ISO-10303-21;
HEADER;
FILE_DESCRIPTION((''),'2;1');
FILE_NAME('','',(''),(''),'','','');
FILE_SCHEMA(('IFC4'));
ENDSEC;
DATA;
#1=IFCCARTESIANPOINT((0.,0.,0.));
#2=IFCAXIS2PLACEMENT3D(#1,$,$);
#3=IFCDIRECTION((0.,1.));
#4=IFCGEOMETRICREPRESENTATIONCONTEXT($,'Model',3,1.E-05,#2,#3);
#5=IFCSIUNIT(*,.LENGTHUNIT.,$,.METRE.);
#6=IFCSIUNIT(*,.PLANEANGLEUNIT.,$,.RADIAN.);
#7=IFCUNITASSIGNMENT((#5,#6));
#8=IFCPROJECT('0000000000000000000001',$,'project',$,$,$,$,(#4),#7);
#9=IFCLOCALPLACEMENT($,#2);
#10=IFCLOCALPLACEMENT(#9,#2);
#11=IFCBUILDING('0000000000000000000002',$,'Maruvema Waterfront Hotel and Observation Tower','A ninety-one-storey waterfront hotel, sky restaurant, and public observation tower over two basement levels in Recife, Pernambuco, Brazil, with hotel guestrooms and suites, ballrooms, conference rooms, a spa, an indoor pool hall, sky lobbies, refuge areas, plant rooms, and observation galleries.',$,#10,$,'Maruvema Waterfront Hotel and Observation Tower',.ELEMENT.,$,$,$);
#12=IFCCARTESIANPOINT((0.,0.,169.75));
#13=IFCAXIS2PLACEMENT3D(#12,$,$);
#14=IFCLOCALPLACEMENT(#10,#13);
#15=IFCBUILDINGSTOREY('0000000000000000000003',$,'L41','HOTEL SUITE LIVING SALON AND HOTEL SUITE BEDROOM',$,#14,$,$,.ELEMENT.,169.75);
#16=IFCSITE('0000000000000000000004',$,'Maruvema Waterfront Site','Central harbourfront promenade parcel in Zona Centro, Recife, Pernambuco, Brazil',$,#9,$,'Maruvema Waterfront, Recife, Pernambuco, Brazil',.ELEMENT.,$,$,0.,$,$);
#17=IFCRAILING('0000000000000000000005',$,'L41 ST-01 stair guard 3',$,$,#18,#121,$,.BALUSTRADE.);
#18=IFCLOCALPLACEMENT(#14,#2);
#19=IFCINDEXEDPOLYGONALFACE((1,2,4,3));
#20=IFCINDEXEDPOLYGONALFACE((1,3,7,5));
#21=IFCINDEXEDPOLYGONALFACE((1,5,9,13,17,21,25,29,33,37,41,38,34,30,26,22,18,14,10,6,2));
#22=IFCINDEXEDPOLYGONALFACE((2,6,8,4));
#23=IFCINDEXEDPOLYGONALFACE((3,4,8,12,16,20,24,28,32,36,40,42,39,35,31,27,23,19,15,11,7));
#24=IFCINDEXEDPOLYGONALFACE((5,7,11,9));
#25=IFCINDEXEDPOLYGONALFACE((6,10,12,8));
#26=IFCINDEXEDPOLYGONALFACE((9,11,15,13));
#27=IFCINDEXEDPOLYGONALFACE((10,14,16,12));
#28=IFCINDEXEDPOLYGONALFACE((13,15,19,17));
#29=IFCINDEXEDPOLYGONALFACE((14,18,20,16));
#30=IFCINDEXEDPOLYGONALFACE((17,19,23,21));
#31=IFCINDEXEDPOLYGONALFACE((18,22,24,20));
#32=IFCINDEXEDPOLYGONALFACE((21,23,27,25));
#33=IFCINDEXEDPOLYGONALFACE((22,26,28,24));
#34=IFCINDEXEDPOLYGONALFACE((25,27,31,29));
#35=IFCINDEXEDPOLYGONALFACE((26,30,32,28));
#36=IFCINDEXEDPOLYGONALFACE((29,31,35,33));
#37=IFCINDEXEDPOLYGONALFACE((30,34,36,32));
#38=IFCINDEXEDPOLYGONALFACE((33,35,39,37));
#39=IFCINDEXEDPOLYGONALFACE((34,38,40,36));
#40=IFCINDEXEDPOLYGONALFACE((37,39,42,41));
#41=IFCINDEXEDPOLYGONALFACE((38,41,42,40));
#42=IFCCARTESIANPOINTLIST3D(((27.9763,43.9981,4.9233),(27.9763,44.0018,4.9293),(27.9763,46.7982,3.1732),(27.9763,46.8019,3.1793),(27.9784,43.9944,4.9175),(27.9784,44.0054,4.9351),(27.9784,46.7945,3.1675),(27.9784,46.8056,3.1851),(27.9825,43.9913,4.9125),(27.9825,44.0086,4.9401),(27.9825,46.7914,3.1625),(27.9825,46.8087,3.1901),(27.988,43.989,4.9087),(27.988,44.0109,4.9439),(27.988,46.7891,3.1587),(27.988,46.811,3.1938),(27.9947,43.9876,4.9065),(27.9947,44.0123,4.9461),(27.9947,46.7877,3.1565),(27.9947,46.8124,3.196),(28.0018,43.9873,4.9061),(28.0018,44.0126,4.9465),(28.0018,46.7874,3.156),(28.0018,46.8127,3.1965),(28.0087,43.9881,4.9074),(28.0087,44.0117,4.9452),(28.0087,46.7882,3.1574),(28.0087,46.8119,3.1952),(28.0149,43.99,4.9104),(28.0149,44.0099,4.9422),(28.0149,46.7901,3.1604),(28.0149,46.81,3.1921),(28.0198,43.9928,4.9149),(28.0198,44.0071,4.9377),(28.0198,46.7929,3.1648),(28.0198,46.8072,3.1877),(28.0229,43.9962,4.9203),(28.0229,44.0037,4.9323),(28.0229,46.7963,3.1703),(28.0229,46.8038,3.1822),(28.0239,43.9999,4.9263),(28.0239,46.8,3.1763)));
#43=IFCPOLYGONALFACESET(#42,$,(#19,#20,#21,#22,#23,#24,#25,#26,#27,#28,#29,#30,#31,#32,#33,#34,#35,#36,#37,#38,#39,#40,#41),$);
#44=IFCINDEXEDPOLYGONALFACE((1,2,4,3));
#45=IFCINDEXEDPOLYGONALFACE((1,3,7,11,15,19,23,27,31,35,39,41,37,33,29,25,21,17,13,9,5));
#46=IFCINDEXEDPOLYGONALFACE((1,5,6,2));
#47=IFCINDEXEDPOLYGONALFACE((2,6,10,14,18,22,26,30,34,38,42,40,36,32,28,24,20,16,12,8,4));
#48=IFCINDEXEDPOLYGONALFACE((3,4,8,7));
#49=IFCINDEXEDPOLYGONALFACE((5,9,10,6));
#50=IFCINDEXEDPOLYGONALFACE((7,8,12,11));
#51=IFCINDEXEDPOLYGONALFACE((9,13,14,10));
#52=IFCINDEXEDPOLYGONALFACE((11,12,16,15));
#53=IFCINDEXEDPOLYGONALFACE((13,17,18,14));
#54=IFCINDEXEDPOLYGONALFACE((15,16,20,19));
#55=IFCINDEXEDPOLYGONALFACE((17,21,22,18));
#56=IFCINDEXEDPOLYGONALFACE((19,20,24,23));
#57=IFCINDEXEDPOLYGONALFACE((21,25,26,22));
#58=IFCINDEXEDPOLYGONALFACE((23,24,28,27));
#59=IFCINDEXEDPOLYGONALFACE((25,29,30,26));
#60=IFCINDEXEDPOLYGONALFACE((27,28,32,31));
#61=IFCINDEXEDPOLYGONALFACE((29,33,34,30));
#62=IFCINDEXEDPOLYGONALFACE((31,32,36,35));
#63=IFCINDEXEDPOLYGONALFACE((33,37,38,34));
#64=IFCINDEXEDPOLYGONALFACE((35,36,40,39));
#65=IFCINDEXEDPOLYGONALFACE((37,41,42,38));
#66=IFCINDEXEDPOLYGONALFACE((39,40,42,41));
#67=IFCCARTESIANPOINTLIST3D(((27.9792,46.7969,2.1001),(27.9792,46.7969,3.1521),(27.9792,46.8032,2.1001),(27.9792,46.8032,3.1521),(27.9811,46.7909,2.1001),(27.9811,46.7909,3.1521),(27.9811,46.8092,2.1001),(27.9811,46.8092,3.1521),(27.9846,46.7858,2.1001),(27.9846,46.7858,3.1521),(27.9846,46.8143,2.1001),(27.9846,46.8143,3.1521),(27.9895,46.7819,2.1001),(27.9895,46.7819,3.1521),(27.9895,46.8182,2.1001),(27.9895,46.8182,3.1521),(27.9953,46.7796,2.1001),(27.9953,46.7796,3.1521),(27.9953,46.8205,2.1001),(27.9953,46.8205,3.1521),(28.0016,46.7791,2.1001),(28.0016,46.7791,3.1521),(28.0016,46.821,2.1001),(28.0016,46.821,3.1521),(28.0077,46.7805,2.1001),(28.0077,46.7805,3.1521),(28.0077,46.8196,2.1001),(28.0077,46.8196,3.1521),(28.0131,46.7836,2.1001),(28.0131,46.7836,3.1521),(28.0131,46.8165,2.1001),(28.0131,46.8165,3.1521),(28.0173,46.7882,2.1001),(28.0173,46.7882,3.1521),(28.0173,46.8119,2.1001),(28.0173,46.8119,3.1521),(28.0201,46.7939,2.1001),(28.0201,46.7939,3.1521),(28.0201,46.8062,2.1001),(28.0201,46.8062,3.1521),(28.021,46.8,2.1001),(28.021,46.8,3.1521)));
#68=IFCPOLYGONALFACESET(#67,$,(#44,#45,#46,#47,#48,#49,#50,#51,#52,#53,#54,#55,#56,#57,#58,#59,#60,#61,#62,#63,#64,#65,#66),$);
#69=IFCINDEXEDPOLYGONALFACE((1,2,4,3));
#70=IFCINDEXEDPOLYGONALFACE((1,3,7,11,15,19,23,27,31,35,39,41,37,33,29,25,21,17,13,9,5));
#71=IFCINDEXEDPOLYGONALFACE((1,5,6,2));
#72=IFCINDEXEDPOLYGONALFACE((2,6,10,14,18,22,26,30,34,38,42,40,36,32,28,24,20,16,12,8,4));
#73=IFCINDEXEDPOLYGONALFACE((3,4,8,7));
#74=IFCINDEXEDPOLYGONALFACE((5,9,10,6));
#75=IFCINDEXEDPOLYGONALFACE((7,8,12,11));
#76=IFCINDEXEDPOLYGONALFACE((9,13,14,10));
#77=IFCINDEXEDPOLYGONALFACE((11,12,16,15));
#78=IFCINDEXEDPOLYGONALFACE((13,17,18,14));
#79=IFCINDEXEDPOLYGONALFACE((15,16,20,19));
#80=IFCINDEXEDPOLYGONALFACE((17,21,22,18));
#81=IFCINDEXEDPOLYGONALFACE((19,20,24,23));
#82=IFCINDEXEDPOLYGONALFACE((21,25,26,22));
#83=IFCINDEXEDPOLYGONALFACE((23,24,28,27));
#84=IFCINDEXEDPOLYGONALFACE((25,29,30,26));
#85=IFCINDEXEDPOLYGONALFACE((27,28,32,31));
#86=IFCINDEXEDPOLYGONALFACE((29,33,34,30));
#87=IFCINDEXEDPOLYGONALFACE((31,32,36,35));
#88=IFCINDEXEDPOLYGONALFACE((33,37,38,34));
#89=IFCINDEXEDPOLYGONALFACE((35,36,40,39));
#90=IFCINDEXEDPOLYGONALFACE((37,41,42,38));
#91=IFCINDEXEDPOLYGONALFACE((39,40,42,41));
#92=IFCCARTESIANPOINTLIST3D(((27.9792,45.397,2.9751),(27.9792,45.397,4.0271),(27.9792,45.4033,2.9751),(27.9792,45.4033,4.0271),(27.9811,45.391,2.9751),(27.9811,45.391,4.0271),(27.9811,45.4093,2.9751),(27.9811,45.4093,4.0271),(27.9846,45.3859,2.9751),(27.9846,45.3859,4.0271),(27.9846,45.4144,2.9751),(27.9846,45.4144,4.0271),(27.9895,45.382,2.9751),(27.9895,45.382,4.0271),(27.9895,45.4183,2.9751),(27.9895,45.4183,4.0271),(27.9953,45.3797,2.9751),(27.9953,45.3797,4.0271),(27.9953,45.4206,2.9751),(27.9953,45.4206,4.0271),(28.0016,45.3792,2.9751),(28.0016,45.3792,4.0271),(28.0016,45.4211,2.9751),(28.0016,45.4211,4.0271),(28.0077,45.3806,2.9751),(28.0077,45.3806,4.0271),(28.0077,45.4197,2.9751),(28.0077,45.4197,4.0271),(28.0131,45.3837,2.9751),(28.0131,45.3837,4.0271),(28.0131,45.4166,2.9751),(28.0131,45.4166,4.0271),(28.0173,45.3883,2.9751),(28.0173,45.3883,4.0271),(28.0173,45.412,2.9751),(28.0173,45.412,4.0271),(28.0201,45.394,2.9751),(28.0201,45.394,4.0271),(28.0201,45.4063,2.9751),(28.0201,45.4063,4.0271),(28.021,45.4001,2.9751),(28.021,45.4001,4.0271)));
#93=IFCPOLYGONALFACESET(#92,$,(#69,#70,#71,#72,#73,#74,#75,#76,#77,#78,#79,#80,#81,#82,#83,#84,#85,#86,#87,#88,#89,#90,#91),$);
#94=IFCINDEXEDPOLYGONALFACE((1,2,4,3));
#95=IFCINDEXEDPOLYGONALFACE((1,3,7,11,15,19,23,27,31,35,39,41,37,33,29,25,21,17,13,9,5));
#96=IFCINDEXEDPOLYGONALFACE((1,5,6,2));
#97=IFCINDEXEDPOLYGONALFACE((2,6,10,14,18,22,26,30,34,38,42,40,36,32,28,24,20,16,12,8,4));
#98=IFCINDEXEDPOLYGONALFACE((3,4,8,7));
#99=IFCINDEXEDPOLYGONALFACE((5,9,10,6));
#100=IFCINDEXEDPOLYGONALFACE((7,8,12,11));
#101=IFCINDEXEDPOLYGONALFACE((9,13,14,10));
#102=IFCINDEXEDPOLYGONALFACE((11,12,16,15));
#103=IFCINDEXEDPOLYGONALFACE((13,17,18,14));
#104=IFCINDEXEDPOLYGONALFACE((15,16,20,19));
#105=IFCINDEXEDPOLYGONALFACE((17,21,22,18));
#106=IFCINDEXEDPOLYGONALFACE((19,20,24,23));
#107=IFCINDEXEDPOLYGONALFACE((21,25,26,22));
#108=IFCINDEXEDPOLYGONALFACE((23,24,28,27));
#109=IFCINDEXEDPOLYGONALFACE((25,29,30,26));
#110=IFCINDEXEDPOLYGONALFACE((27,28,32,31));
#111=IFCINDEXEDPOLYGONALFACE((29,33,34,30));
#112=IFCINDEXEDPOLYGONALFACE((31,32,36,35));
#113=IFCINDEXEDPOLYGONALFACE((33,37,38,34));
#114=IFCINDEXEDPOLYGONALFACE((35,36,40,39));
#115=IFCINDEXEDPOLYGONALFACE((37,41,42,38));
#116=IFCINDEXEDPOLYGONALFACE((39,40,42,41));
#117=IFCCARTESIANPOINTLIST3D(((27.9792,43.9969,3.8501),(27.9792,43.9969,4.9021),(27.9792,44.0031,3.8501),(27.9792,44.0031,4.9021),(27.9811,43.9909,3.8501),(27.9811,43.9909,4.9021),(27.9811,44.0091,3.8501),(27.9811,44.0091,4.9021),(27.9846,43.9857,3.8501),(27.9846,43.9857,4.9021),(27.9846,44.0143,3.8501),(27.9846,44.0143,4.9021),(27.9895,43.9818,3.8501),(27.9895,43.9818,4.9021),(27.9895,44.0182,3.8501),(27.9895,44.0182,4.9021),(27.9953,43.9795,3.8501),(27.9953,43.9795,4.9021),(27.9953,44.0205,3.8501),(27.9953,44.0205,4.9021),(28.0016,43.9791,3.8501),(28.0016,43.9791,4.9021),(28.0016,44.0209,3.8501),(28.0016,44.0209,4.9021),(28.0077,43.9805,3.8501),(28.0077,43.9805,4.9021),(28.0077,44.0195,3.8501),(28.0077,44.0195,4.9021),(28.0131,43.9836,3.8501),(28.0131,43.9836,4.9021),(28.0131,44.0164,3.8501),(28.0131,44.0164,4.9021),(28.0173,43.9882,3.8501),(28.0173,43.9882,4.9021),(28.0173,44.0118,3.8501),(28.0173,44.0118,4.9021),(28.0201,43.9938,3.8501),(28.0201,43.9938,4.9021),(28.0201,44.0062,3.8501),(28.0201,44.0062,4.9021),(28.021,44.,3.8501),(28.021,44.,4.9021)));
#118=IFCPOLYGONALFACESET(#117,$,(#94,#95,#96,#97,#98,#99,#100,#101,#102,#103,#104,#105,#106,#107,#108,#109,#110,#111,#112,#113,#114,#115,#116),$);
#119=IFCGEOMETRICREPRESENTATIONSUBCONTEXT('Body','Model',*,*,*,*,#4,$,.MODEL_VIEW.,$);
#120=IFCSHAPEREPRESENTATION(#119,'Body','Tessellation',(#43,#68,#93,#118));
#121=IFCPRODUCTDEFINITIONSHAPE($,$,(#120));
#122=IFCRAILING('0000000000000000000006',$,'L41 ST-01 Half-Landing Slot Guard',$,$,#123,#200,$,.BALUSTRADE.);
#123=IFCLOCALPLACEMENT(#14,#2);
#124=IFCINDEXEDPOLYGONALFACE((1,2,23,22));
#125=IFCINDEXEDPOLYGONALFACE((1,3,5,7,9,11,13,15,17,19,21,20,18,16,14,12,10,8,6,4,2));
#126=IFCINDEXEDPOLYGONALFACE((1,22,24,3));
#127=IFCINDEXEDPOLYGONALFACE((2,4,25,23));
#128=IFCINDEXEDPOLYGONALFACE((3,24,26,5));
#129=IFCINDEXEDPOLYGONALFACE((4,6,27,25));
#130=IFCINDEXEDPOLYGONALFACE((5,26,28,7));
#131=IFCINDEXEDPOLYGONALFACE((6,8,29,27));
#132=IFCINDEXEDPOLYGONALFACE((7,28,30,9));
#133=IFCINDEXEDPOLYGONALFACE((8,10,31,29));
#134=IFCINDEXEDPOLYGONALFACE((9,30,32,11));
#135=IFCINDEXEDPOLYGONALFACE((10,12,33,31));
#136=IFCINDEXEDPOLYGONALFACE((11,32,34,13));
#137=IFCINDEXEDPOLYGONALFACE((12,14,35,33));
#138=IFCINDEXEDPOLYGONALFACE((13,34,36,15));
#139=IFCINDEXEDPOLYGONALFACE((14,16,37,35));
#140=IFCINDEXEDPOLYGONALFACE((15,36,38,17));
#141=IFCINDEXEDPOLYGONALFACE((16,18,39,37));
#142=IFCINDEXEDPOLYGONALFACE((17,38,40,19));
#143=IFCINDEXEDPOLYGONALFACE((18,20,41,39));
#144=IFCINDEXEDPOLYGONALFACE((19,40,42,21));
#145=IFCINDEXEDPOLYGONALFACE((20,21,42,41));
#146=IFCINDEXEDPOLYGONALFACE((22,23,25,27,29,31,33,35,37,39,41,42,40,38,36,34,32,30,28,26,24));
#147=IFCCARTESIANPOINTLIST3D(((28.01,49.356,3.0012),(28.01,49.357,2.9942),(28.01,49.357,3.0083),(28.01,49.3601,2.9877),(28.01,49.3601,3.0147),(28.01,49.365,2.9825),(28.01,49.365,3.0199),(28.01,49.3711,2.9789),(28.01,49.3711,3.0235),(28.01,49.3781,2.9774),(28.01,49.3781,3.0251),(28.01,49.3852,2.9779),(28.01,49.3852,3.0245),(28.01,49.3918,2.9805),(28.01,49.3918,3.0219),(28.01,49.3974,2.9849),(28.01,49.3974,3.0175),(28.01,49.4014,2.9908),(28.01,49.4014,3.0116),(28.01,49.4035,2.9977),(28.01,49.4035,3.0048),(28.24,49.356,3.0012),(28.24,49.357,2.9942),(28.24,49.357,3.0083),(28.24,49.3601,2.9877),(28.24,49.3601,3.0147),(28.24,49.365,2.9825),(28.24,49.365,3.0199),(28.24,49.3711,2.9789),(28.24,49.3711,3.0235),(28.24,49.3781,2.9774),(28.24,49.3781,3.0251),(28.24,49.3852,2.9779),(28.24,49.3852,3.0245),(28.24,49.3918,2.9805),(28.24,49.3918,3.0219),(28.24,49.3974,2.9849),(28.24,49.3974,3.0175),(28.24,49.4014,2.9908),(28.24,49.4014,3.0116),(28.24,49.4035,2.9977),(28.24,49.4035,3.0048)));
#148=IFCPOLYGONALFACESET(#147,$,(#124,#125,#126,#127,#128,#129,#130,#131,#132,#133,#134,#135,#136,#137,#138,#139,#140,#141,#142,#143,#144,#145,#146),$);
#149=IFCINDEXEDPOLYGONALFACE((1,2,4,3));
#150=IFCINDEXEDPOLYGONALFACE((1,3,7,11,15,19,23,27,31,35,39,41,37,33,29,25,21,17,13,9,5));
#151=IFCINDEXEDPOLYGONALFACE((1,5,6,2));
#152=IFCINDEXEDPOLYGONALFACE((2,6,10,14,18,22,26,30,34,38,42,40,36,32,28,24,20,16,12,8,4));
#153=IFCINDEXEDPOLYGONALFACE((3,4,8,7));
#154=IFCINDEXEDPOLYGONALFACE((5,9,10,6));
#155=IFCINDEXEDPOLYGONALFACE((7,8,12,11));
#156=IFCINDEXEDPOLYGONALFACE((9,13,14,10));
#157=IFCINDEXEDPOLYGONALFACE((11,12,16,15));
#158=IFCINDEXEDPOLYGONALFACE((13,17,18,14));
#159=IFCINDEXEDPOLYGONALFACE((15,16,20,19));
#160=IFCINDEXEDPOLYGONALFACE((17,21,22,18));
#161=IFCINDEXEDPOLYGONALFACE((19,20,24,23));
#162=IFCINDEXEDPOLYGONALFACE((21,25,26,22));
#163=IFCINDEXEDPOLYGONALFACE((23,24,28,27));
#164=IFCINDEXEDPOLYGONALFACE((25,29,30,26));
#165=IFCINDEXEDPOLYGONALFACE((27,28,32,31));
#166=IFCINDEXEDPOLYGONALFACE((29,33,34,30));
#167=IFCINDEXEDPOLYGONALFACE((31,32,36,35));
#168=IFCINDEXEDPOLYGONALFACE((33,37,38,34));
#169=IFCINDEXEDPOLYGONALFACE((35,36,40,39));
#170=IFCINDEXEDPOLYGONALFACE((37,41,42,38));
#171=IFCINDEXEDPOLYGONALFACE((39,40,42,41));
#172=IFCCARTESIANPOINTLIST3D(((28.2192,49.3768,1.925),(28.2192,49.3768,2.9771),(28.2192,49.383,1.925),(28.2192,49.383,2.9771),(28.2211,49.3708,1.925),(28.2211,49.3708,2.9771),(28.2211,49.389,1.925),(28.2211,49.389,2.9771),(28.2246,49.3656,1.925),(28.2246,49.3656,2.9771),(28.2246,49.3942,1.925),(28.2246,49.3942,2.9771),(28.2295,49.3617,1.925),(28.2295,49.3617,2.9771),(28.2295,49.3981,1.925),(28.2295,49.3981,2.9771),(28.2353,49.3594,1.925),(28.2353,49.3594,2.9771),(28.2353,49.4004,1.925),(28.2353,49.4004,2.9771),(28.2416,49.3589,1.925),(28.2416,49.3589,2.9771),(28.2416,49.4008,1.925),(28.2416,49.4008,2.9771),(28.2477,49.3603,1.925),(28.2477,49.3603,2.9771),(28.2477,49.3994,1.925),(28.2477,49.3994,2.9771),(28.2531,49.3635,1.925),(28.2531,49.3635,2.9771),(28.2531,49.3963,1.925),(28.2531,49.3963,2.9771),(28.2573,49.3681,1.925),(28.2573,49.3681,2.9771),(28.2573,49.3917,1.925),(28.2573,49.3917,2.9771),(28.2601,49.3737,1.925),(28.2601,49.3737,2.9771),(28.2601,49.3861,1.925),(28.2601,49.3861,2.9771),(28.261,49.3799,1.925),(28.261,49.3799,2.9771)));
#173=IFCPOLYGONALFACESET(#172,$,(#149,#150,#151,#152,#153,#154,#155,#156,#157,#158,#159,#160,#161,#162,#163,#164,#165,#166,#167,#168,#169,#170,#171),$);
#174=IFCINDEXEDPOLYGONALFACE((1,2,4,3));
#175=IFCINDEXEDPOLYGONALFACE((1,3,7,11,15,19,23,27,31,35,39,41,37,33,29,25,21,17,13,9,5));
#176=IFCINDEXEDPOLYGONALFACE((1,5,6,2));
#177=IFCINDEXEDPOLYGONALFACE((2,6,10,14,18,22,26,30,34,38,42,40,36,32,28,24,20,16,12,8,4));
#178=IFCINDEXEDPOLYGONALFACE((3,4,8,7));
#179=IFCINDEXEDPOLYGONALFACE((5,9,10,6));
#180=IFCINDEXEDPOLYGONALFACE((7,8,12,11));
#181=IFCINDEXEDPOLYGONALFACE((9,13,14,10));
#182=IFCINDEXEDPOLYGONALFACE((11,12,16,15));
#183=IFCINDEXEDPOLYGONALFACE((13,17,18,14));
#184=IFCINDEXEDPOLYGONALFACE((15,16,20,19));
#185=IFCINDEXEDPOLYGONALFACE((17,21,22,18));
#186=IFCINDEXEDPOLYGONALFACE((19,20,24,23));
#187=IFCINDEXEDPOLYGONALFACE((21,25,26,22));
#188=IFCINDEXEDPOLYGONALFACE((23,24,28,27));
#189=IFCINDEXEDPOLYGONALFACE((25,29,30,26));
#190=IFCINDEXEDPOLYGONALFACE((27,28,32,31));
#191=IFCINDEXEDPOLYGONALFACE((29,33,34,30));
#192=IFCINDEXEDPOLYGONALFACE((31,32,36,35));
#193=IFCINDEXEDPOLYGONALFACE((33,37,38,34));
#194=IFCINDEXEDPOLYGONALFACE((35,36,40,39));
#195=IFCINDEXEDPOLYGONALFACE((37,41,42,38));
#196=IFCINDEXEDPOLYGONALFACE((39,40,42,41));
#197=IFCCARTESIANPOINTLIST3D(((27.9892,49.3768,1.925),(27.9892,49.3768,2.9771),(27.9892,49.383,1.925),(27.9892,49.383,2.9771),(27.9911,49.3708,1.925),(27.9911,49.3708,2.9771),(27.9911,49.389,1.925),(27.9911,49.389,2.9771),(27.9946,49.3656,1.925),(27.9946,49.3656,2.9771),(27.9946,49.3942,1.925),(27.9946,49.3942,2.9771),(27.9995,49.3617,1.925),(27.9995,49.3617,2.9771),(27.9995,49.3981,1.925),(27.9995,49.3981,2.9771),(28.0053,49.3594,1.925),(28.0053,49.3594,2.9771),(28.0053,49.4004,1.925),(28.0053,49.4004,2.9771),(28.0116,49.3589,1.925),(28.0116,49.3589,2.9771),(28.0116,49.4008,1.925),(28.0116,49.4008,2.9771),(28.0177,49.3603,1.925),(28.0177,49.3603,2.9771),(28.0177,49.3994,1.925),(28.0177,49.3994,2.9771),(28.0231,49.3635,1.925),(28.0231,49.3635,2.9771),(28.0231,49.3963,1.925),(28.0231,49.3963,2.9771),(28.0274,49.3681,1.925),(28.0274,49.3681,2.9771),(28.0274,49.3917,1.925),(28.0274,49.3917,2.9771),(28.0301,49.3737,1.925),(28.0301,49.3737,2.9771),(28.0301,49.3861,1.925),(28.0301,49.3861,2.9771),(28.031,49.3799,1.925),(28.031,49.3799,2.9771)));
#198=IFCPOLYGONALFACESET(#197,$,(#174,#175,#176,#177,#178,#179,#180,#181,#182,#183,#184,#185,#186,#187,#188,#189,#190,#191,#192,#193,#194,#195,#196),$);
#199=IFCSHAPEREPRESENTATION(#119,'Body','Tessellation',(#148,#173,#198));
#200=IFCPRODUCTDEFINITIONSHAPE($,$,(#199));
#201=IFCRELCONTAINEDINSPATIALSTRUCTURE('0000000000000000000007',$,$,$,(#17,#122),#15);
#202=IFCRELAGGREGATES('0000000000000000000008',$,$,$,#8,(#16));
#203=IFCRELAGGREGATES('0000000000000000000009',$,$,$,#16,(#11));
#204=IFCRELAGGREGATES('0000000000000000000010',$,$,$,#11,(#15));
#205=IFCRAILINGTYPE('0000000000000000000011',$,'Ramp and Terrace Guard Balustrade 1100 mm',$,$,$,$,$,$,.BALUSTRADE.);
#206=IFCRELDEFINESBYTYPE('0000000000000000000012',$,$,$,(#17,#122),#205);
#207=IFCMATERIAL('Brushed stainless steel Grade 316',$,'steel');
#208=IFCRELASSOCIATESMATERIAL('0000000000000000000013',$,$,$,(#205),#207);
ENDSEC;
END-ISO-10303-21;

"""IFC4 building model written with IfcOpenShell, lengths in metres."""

from ifc_helpers import new_model, si_unit, direction, frame, origin, origin_2d, place, context, subcontext, project, spatial, circle, extrude, material, type_object, element, save


model = new_model("IFC4")

# Units and contexts
model_context = context("Model", 3, precision=1e-05, world=origin(), true_north=direction((0.0, 1.0)))
body_context = subcontext(model_context, "Body", "Model", "MODEL_VIEW")
ifc_project = project(units=[si_unit("LENGTHUNIT", "METRE"), si_unit("PLANEANGLEUNIT", "RADIAN")], contexts=[model_context])

# Site, building, storey
site_placement = place(None, origin())
site = spatial("IfcSite", under=ifc_project, at=site_placement, Name="Maruvema Waterfront Site", Description="Central harbourfront promenade parcel in Zona Centro, Recife, Pernambuco, Brazil", LongName="Maruvema Waterfront, Recife, Pernambuco, Brazil", CompositionType="ELEMENT", RefElevation=0.0)
building_placement = place(site_placement, origin())
building = spatial("IfcBuilding", under=site, at=building_placement, Name="Maruvema Waterfront Hotel and Observation Tower", Description="A ninety-one-storey waterfront hotel, sky restaurant, and public observation tower over two basement levels in Recife, Pernambuco, Brazil, with hotel guestrooms and suites, ballrooms, conference rooms, a spa, an indoor pool hall, sky lobbies, refuge areas, plant rooms, and observation galleries.", LongName="Maruvema Waterfront Hotel and Observation Tower", CompositionType="ELEMENT")
storey_placement = place(building_placement, frame((0.0, 0.0, 169.75)))
storey = spatial("IfcBuildingStorey", under=building, at=storey_placement, Name="L41", Description="HOTEL SUITE LIVING SALON AND HOTEL SUITE BEDROOM", CompositionType="ELEMENT", Elevation=169.75)

# Railings
ifc_material_1 = material(Name="Brushed stainless steel Grade 316", Category="steel")
railing_type_1 = type_object("IfcRailingType", Name="Ramp and Terrace Guard Balustrade 1100 mm", PredefinedType="BALUSTRADE", material=ifc_material_1)
railing_1_placement = place(storey_placement, frame((28.0, 46.8, 2.1001)))
element("IfcRailing", 1, at=railing_1_placement, inside=storey, type_object=railing_type_1, Name="L41 ST-01 stair guard 3", PredefinedType="BALUSTRADE", context=body_context, shape_type="SweptSolid", body=[
    extrude(circle(Radius=0.0239, at=origin_2d()), frame((0.0, 0.0, 1.0762), z_axis=(0.0, -0.848002, 0.529992), x_axis=(1.0, 0.0, 0.0)), (0.0, 0.0, 1.0), 3.302),
    extrude(circle(Radius=0.021, at=origin_2d()), origin(), (0.0, 0.0, 1.0), 1.052),
    extrude(circle(Radius=0.021, at=origin_2d()), frame((0.0, -1.3999, 0.875)), (0.0, 0.0, 1.0), 1.052),
    extrude(circle(Radius=0.021, at=origin_2d()), frame((0.0, -2.8, 1.75)), (0.0, 0.0, 1.0), 1.052),
])
railing_2_placement = place(storey_placement, frame((28.24, 49.3799, 1.925)))
element("IfcRailing", 2, at=railing_2_placement, inside=storey, type_object=railing_type_1, Name="L41 ST-01 Half-Landing Slot Guard", PredefinedType="BALUSTRADE", context=body_context, shape_type="SweptSolid", body=[
    extrude(circle(Radius=0.0239, at=origin_2d()), frame((0.0, 0.0, 1.0762), z_axis=(-1.0, 0.0, 0.0), x_axis=(0.0, -1.0, 0.0)), (0.0, 0.0, 1.0), 0.23),
    extrude(circle(Radius=0.021, at=origin_2d()), origin(), (0.0, 0.0, 1.0), 1.052),
    extrude(circle(Radius=0.021, at=origin_2d()), frame((-0.23, 0.0, 0.0)), (0.0, 0.0, 1.0), 1.052),
])

save(model, "model.ifc")
